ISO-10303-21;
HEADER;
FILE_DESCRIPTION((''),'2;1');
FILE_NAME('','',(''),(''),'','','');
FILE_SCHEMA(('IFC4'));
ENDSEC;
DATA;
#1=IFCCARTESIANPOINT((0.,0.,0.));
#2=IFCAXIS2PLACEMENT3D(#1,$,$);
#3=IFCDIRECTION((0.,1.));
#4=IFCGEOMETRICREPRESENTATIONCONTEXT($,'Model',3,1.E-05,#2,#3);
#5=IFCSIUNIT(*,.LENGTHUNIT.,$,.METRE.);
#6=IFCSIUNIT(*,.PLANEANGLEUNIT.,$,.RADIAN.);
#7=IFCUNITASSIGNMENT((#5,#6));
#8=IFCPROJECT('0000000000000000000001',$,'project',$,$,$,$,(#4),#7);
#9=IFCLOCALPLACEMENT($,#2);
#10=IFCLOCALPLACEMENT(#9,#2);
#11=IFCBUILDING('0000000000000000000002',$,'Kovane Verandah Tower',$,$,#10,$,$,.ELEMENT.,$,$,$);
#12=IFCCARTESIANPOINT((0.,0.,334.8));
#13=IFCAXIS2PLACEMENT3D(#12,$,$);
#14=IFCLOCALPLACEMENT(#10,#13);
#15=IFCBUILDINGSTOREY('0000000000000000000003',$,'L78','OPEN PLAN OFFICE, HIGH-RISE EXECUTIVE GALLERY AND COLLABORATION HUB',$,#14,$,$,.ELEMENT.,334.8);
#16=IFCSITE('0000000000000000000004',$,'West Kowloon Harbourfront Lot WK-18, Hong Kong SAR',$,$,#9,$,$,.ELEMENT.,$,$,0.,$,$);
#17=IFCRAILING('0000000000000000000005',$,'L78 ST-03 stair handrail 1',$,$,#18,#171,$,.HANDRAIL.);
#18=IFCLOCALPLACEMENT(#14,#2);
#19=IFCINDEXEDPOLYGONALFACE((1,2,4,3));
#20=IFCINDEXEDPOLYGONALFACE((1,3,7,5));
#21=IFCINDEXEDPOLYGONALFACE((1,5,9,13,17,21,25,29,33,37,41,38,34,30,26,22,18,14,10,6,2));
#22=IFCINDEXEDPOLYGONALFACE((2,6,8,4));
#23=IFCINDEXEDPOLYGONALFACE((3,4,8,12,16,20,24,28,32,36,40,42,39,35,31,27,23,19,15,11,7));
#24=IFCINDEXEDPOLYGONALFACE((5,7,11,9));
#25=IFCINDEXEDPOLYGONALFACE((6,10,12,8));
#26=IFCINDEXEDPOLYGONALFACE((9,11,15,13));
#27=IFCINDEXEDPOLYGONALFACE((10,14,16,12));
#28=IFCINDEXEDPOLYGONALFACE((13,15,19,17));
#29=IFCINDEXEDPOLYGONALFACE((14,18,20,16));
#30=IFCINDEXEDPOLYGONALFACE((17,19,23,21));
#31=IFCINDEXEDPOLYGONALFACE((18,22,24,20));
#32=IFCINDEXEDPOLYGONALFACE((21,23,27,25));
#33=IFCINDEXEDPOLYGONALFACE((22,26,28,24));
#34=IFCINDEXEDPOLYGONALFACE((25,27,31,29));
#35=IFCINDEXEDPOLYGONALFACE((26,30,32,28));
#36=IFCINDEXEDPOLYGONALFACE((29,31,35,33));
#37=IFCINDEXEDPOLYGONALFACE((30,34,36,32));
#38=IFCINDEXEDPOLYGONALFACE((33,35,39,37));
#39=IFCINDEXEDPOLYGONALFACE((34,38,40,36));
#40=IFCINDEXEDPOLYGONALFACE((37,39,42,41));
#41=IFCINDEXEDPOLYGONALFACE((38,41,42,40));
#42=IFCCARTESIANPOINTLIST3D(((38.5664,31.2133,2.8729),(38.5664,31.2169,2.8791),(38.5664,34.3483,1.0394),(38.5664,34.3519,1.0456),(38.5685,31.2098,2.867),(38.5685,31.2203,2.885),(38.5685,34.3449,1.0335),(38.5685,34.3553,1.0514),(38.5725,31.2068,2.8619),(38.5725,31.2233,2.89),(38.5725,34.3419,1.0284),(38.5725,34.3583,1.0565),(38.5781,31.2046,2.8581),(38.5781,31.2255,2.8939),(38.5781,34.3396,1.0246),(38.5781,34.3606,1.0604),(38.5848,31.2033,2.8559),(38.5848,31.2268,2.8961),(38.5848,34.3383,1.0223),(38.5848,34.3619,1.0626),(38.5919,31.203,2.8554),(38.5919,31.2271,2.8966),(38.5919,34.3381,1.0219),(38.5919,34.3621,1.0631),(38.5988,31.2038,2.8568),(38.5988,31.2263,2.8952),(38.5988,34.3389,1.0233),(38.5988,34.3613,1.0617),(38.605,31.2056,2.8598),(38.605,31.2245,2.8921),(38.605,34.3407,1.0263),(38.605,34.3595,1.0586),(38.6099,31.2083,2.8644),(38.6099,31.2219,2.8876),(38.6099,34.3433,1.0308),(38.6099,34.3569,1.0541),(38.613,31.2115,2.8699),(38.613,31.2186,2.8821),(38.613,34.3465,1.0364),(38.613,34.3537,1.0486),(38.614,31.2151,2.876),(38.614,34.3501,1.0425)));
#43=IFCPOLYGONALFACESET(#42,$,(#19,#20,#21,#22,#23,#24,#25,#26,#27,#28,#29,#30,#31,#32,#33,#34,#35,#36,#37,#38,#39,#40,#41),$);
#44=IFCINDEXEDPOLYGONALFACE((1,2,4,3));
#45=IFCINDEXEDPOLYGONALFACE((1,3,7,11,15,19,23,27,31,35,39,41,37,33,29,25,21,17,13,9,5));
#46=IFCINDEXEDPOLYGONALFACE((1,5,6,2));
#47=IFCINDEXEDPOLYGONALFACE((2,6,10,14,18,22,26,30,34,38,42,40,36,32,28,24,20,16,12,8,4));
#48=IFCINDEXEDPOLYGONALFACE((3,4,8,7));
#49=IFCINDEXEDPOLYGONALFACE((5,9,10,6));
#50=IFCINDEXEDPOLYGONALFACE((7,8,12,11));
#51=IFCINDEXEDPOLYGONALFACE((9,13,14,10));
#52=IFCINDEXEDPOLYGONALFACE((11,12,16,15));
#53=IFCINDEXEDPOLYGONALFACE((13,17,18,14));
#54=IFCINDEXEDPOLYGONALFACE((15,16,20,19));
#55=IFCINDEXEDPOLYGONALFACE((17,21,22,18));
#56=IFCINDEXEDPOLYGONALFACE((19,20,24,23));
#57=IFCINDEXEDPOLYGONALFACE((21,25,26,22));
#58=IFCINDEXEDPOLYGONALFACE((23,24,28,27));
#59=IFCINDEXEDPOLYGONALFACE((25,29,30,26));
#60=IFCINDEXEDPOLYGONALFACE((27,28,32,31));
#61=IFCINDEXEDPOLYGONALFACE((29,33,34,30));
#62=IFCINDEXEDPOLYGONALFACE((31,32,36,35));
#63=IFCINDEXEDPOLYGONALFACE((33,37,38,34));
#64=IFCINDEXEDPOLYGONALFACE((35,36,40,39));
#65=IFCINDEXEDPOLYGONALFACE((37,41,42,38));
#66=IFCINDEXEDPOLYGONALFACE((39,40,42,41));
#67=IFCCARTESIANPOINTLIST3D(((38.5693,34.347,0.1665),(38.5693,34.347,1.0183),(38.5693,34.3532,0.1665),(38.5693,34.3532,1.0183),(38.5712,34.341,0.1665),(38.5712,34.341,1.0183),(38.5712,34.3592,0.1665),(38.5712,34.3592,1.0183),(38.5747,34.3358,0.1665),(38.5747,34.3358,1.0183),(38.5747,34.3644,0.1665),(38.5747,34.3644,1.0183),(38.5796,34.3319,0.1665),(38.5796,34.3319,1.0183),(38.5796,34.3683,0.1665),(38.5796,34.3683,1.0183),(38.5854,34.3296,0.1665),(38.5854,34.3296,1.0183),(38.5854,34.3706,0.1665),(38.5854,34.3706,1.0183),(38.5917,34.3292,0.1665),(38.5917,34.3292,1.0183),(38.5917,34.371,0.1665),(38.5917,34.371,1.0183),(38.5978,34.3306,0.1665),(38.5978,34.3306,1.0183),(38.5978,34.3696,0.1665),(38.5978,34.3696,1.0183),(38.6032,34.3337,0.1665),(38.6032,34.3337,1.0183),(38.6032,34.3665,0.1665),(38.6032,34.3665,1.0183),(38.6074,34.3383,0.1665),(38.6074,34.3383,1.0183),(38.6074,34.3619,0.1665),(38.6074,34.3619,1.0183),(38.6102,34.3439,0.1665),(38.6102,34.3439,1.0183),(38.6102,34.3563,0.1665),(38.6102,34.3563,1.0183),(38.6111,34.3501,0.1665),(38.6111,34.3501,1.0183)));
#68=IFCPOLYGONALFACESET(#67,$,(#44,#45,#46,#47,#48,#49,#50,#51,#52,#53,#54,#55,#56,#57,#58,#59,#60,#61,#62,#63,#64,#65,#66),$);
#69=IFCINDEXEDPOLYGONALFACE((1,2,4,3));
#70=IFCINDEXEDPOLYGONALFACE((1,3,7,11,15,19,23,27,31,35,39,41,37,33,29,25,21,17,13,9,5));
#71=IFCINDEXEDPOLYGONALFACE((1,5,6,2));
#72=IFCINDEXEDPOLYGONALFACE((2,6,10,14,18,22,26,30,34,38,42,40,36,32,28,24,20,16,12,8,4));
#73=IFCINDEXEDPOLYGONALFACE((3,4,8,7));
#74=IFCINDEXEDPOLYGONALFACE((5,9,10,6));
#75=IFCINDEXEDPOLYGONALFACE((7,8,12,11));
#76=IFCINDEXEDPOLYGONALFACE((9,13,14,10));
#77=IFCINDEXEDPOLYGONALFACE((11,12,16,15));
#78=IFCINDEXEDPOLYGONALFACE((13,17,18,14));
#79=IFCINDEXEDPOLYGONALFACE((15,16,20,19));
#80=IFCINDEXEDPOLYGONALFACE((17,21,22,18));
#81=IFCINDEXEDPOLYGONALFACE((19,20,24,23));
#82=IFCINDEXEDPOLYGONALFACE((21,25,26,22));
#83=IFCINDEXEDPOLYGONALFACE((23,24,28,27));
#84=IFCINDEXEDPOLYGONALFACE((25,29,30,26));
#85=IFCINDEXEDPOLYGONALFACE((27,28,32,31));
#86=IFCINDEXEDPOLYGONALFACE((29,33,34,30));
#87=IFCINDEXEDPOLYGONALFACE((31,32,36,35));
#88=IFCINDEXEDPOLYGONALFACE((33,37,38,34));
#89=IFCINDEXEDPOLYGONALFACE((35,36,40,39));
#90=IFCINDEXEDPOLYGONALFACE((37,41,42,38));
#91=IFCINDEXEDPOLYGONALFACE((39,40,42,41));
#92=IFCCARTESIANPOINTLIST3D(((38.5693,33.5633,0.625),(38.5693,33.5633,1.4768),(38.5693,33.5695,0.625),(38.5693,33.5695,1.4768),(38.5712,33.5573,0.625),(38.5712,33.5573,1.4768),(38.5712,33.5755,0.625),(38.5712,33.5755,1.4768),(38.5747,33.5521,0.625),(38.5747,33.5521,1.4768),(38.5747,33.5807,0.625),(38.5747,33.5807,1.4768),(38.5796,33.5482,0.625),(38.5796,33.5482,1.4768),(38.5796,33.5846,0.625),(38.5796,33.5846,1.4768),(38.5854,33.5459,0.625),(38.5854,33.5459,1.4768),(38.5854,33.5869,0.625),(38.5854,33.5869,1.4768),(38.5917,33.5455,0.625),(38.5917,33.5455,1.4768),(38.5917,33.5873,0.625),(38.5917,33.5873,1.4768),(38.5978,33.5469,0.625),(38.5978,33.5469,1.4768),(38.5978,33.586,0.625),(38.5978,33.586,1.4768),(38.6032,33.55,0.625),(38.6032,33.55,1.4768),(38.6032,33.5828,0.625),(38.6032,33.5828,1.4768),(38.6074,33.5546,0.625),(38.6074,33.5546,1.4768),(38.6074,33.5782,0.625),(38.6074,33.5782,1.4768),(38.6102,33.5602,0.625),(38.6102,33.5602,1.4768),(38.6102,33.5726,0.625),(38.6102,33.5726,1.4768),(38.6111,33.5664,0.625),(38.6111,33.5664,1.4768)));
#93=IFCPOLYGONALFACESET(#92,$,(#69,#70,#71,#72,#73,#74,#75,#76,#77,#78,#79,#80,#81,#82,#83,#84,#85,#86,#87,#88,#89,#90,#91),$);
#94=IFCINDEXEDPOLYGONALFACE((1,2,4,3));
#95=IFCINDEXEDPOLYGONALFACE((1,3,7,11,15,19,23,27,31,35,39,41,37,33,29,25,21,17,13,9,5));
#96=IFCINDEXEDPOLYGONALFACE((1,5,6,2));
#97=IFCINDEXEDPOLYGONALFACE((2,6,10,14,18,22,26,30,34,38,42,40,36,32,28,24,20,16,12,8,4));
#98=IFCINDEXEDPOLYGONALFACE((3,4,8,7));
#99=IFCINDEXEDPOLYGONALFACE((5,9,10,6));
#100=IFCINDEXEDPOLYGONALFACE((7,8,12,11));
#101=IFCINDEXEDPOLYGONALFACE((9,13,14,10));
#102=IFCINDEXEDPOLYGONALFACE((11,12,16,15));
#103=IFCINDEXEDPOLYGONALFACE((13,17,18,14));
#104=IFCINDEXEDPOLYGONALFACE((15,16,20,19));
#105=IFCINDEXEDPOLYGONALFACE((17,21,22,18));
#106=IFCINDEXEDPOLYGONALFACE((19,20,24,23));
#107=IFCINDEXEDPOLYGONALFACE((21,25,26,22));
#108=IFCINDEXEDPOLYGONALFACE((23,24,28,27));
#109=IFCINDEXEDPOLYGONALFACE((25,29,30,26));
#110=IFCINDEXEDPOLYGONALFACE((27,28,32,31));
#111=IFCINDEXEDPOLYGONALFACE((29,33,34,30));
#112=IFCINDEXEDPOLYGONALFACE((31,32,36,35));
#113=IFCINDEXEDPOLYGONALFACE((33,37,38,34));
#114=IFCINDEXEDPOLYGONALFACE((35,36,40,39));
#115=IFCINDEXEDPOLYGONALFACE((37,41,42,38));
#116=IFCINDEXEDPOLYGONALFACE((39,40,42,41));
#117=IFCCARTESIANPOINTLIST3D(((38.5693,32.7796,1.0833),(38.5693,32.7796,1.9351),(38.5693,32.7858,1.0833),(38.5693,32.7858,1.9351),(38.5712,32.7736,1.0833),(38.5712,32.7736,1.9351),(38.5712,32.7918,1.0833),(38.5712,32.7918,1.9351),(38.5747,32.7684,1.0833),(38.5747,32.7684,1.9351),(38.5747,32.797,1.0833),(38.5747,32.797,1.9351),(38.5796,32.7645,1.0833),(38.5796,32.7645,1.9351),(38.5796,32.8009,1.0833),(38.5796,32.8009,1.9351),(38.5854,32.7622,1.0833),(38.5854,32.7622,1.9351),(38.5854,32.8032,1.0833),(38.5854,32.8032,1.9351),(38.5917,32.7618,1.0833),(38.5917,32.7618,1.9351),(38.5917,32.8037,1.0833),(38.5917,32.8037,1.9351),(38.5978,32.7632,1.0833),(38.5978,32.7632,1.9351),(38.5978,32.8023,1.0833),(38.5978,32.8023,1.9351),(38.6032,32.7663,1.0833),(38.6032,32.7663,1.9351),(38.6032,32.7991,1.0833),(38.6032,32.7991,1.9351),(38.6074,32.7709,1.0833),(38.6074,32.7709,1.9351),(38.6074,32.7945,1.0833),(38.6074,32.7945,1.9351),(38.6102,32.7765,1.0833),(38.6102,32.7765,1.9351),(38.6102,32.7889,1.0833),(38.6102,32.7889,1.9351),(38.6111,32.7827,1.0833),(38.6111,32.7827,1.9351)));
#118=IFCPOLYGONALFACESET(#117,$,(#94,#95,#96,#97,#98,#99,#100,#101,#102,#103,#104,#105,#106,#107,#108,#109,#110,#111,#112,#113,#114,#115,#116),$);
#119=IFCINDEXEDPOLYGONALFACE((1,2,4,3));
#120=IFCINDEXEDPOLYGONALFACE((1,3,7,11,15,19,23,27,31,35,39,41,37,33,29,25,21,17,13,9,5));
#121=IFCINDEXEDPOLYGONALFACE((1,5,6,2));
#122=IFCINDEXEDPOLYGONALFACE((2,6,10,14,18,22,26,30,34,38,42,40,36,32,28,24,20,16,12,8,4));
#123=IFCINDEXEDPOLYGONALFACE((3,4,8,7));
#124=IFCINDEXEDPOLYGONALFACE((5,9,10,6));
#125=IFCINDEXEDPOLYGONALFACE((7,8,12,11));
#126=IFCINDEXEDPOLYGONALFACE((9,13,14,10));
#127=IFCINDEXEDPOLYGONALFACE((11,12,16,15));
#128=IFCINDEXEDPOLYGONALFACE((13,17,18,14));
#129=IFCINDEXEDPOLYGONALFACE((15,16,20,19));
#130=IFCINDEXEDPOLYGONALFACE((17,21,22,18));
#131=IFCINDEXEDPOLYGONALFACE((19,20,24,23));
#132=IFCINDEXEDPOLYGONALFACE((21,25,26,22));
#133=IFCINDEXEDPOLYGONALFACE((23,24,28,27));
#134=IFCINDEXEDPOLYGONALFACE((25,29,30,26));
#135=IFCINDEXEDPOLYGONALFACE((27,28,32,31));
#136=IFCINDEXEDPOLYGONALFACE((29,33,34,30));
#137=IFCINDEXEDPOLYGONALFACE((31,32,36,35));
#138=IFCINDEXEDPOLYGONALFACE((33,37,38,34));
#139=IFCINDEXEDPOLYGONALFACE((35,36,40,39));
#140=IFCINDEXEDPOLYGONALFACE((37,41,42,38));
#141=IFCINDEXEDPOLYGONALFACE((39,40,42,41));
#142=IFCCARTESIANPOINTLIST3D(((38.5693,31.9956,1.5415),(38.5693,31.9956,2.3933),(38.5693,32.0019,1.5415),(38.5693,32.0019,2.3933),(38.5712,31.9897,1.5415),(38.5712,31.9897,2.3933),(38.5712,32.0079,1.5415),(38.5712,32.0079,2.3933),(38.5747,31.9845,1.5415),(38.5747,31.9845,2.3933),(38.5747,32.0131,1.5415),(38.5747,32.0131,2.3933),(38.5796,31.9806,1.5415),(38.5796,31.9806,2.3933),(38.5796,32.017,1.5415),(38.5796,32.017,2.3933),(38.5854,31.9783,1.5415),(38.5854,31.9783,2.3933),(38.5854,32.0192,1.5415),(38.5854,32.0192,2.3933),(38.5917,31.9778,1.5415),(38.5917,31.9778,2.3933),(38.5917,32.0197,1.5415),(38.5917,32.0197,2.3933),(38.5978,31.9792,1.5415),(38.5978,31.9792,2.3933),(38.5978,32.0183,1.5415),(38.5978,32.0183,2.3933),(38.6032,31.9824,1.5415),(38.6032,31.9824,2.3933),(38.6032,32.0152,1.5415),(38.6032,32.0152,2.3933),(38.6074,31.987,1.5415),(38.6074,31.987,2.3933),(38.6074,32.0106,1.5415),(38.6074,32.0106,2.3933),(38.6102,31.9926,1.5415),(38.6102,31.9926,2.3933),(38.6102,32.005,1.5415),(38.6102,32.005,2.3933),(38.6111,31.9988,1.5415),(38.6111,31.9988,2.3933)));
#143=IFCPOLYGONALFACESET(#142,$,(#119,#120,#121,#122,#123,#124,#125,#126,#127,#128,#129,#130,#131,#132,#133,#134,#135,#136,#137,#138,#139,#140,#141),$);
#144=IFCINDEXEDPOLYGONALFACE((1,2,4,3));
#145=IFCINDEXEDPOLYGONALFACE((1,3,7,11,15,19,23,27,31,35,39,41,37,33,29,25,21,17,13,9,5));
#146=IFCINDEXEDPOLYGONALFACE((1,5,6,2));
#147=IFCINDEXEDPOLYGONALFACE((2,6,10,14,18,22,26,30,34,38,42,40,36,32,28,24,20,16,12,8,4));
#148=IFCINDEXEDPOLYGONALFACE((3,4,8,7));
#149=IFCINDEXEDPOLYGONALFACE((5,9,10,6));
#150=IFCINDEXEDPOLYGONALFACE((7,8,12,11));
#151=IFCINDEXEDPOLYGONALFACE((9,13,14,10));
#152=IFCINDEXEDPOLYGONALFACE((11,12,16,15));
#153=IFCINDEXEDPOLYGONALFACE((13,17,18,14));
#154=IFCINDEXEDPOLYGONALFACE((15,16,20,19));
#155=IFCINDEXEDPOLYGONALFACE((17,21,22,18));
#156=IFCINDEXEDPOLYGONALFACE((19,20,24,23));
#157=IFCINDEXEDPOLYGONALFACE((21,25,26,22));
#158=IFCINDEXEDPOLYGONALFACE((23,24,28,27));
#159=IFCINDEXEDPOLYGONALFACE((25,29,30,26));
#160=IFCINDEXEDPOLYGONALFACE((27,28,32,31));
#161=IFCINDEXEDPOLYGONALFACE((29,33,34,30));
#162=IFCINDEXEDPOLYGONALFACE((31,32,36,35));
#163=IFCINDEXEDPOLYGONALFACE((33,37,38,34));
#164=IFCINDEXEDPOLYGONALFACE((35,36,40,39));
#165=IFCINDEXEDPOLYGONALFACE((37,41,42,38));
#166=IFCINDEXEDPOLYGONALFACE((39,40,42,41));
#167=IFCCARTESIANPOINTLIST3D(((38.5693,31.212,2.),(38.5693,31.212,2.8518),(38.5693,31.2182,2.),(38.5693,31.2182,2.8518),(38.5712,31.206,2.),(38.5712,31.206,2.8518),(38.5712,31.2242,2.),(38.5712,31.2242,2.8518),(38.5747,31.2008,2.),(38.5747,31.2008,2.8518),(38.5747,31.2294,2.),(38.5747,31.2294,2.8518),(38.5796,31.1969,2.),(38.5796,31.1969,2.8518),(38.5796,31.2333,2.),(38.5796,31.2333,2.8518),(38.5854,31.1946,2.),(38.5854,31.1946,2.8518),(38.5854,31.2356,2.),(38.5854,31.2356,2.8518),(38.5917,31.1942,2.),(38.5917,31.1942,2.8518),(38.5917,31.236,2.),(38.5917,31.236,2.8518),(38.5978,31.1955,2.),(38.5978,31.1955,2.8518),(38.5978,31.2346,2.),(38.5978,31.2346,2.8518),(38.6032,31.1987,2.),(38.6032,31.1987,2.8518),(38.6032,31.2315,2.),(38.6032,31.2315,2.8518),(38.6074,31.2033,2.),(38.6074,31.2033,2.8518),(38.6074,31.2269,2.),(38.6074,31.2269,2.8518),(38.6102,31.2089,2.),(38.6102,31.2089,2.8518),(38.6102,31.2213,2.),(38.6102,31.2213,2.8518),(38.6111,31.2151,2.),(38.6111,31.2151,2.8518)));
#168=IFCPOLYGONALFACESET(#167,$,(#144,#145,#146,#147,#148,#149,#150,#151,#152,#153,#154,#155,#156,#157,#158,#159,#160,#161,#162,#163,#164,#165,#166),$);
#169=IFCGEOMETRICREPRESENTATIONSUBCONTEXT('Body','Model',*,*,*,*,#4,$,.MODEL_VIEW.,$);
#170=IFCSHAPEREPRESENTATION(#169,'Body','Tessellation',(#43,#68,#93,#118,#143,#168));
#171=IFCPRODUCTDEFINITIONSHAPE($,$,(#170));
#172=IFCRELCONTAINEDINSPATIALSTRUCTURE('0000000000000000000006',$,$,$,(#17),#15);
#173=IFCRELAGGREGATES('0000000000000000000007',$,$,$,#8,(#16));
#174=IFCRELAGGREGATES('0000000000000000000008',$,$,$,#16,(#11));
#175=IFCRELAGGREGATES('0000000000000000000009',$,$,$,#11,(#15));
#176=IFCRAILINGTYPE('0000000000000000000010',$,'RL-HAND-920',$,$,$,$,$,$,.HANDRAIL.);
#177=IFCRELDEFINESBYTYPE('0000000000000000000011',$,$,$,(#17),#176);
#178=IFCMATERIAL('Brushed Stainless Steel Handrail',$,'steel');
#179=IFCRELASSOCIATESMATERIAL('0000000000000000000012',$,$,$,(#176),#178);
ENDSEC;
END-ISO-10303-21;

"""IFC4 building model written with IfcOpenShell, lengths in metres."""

from ifc_helpers import new_model, si_unit, direction, frame, origin, origin_2d, place, context, subcontext, project, spatial, circle, extrude, material, type_object, element, save


model = new_model("IFC4")

# Units and contexts
model_context = context("Model", 3, precision=1e-05, world=origin(), true_north=direction((0.0, 1.0)))
body_context = subcontext(model_context, "Body", "Model", "MODEL_VIEW")
ifc_project = project(units=[si_unit("LENGTHUNIT", "METRE"), si_unit("PLANEANGLEUNIT", "RADIAN")], contexts=[model_context])

# Site, building, storey
site_placement = place(None, origin())
site = spatial("IfcSite", under=ifc_project, at=site_placement, Name="West Kowloon Harbourfront Lot WK-18, Hong Kong SAR", CompositionType="ELEMENT", RefElevation=0.0)
building_placement = place(site_placement, origin())
building = spatial("IfcBuilding", under=site, at=building_placement, Name="Kovane Verandah Tower", CompositionType="ELEMENT")
storey_placement = place(building_placement, frame((0.0, 0.0, 334.8)))
storey = spatial("IfcBuildingStorey", under=building, at=storey_placement, Name="L78", Description="OPEN PLAN OFFICE, HIGH-RISE EXECUTIVE GALLERY AND COLLABORATION HUB", CompositionType="ELEMENT", Elevation=334.8)

# Railing
ifc_material_1 = material(Name="Brushed Stainless Steel Handrail", Category="steel")
railing_type_1 = type_object("IfcRailingType", Name="RL-HAND-920", PredefinedType="HANDRAIL", material=ifc_material_1)
railing_1_placement = place(storey_placement, frame((38.5901, 34.3501, 0.1665)))
element("IfcRailing", 1, at=railing_1_placement, inside=storey, type_object=railing_type_1, Name="L78 ST-03 stair handrail 1", PredefinedType="HANDRAIL", context=body_context, shape_type="SweptSolid", body=[
    extrude(circle(Radius=0.0239, at=origin_2d()), frame((0.0, 0.0, 0.876), z_axis=(0.0, -0.86321, 0.504845), x_axis=(1.0, 0.0, 0.0)), (0.0, 0.0, 1.0), 3.6318),
    extrude(circle(Radius=0.021, at=origin_2d()), origin(), (0.0, 0.0, 1.0), 0.8518),
    extrude(circle(Radius=0.021, at=origin_2d()), frame((0.0, -0.7837, 0.4585)), (0.0, 0.0, 1.0), 0.8518),
    extrude(circle(Radius=0.021, at=origin_2d()), frame((0.0, -1.5674, 0.9167)), (0.0, 0.0, 1.0), 0.8518),
    extrude(circle(Radius=0.021, at=origin_2d()), frame((0.0, -2.3513, 1.375)), (0.0, 0.0, 1.0), 0.8518),
    extrude(circle(Radius=0.021, at=origin_2d()), frame((0.0, -3.135, 1.8335)), (0.0, 0.0, 1.0), 0.8518),
])

save(model, "model.ifc")
